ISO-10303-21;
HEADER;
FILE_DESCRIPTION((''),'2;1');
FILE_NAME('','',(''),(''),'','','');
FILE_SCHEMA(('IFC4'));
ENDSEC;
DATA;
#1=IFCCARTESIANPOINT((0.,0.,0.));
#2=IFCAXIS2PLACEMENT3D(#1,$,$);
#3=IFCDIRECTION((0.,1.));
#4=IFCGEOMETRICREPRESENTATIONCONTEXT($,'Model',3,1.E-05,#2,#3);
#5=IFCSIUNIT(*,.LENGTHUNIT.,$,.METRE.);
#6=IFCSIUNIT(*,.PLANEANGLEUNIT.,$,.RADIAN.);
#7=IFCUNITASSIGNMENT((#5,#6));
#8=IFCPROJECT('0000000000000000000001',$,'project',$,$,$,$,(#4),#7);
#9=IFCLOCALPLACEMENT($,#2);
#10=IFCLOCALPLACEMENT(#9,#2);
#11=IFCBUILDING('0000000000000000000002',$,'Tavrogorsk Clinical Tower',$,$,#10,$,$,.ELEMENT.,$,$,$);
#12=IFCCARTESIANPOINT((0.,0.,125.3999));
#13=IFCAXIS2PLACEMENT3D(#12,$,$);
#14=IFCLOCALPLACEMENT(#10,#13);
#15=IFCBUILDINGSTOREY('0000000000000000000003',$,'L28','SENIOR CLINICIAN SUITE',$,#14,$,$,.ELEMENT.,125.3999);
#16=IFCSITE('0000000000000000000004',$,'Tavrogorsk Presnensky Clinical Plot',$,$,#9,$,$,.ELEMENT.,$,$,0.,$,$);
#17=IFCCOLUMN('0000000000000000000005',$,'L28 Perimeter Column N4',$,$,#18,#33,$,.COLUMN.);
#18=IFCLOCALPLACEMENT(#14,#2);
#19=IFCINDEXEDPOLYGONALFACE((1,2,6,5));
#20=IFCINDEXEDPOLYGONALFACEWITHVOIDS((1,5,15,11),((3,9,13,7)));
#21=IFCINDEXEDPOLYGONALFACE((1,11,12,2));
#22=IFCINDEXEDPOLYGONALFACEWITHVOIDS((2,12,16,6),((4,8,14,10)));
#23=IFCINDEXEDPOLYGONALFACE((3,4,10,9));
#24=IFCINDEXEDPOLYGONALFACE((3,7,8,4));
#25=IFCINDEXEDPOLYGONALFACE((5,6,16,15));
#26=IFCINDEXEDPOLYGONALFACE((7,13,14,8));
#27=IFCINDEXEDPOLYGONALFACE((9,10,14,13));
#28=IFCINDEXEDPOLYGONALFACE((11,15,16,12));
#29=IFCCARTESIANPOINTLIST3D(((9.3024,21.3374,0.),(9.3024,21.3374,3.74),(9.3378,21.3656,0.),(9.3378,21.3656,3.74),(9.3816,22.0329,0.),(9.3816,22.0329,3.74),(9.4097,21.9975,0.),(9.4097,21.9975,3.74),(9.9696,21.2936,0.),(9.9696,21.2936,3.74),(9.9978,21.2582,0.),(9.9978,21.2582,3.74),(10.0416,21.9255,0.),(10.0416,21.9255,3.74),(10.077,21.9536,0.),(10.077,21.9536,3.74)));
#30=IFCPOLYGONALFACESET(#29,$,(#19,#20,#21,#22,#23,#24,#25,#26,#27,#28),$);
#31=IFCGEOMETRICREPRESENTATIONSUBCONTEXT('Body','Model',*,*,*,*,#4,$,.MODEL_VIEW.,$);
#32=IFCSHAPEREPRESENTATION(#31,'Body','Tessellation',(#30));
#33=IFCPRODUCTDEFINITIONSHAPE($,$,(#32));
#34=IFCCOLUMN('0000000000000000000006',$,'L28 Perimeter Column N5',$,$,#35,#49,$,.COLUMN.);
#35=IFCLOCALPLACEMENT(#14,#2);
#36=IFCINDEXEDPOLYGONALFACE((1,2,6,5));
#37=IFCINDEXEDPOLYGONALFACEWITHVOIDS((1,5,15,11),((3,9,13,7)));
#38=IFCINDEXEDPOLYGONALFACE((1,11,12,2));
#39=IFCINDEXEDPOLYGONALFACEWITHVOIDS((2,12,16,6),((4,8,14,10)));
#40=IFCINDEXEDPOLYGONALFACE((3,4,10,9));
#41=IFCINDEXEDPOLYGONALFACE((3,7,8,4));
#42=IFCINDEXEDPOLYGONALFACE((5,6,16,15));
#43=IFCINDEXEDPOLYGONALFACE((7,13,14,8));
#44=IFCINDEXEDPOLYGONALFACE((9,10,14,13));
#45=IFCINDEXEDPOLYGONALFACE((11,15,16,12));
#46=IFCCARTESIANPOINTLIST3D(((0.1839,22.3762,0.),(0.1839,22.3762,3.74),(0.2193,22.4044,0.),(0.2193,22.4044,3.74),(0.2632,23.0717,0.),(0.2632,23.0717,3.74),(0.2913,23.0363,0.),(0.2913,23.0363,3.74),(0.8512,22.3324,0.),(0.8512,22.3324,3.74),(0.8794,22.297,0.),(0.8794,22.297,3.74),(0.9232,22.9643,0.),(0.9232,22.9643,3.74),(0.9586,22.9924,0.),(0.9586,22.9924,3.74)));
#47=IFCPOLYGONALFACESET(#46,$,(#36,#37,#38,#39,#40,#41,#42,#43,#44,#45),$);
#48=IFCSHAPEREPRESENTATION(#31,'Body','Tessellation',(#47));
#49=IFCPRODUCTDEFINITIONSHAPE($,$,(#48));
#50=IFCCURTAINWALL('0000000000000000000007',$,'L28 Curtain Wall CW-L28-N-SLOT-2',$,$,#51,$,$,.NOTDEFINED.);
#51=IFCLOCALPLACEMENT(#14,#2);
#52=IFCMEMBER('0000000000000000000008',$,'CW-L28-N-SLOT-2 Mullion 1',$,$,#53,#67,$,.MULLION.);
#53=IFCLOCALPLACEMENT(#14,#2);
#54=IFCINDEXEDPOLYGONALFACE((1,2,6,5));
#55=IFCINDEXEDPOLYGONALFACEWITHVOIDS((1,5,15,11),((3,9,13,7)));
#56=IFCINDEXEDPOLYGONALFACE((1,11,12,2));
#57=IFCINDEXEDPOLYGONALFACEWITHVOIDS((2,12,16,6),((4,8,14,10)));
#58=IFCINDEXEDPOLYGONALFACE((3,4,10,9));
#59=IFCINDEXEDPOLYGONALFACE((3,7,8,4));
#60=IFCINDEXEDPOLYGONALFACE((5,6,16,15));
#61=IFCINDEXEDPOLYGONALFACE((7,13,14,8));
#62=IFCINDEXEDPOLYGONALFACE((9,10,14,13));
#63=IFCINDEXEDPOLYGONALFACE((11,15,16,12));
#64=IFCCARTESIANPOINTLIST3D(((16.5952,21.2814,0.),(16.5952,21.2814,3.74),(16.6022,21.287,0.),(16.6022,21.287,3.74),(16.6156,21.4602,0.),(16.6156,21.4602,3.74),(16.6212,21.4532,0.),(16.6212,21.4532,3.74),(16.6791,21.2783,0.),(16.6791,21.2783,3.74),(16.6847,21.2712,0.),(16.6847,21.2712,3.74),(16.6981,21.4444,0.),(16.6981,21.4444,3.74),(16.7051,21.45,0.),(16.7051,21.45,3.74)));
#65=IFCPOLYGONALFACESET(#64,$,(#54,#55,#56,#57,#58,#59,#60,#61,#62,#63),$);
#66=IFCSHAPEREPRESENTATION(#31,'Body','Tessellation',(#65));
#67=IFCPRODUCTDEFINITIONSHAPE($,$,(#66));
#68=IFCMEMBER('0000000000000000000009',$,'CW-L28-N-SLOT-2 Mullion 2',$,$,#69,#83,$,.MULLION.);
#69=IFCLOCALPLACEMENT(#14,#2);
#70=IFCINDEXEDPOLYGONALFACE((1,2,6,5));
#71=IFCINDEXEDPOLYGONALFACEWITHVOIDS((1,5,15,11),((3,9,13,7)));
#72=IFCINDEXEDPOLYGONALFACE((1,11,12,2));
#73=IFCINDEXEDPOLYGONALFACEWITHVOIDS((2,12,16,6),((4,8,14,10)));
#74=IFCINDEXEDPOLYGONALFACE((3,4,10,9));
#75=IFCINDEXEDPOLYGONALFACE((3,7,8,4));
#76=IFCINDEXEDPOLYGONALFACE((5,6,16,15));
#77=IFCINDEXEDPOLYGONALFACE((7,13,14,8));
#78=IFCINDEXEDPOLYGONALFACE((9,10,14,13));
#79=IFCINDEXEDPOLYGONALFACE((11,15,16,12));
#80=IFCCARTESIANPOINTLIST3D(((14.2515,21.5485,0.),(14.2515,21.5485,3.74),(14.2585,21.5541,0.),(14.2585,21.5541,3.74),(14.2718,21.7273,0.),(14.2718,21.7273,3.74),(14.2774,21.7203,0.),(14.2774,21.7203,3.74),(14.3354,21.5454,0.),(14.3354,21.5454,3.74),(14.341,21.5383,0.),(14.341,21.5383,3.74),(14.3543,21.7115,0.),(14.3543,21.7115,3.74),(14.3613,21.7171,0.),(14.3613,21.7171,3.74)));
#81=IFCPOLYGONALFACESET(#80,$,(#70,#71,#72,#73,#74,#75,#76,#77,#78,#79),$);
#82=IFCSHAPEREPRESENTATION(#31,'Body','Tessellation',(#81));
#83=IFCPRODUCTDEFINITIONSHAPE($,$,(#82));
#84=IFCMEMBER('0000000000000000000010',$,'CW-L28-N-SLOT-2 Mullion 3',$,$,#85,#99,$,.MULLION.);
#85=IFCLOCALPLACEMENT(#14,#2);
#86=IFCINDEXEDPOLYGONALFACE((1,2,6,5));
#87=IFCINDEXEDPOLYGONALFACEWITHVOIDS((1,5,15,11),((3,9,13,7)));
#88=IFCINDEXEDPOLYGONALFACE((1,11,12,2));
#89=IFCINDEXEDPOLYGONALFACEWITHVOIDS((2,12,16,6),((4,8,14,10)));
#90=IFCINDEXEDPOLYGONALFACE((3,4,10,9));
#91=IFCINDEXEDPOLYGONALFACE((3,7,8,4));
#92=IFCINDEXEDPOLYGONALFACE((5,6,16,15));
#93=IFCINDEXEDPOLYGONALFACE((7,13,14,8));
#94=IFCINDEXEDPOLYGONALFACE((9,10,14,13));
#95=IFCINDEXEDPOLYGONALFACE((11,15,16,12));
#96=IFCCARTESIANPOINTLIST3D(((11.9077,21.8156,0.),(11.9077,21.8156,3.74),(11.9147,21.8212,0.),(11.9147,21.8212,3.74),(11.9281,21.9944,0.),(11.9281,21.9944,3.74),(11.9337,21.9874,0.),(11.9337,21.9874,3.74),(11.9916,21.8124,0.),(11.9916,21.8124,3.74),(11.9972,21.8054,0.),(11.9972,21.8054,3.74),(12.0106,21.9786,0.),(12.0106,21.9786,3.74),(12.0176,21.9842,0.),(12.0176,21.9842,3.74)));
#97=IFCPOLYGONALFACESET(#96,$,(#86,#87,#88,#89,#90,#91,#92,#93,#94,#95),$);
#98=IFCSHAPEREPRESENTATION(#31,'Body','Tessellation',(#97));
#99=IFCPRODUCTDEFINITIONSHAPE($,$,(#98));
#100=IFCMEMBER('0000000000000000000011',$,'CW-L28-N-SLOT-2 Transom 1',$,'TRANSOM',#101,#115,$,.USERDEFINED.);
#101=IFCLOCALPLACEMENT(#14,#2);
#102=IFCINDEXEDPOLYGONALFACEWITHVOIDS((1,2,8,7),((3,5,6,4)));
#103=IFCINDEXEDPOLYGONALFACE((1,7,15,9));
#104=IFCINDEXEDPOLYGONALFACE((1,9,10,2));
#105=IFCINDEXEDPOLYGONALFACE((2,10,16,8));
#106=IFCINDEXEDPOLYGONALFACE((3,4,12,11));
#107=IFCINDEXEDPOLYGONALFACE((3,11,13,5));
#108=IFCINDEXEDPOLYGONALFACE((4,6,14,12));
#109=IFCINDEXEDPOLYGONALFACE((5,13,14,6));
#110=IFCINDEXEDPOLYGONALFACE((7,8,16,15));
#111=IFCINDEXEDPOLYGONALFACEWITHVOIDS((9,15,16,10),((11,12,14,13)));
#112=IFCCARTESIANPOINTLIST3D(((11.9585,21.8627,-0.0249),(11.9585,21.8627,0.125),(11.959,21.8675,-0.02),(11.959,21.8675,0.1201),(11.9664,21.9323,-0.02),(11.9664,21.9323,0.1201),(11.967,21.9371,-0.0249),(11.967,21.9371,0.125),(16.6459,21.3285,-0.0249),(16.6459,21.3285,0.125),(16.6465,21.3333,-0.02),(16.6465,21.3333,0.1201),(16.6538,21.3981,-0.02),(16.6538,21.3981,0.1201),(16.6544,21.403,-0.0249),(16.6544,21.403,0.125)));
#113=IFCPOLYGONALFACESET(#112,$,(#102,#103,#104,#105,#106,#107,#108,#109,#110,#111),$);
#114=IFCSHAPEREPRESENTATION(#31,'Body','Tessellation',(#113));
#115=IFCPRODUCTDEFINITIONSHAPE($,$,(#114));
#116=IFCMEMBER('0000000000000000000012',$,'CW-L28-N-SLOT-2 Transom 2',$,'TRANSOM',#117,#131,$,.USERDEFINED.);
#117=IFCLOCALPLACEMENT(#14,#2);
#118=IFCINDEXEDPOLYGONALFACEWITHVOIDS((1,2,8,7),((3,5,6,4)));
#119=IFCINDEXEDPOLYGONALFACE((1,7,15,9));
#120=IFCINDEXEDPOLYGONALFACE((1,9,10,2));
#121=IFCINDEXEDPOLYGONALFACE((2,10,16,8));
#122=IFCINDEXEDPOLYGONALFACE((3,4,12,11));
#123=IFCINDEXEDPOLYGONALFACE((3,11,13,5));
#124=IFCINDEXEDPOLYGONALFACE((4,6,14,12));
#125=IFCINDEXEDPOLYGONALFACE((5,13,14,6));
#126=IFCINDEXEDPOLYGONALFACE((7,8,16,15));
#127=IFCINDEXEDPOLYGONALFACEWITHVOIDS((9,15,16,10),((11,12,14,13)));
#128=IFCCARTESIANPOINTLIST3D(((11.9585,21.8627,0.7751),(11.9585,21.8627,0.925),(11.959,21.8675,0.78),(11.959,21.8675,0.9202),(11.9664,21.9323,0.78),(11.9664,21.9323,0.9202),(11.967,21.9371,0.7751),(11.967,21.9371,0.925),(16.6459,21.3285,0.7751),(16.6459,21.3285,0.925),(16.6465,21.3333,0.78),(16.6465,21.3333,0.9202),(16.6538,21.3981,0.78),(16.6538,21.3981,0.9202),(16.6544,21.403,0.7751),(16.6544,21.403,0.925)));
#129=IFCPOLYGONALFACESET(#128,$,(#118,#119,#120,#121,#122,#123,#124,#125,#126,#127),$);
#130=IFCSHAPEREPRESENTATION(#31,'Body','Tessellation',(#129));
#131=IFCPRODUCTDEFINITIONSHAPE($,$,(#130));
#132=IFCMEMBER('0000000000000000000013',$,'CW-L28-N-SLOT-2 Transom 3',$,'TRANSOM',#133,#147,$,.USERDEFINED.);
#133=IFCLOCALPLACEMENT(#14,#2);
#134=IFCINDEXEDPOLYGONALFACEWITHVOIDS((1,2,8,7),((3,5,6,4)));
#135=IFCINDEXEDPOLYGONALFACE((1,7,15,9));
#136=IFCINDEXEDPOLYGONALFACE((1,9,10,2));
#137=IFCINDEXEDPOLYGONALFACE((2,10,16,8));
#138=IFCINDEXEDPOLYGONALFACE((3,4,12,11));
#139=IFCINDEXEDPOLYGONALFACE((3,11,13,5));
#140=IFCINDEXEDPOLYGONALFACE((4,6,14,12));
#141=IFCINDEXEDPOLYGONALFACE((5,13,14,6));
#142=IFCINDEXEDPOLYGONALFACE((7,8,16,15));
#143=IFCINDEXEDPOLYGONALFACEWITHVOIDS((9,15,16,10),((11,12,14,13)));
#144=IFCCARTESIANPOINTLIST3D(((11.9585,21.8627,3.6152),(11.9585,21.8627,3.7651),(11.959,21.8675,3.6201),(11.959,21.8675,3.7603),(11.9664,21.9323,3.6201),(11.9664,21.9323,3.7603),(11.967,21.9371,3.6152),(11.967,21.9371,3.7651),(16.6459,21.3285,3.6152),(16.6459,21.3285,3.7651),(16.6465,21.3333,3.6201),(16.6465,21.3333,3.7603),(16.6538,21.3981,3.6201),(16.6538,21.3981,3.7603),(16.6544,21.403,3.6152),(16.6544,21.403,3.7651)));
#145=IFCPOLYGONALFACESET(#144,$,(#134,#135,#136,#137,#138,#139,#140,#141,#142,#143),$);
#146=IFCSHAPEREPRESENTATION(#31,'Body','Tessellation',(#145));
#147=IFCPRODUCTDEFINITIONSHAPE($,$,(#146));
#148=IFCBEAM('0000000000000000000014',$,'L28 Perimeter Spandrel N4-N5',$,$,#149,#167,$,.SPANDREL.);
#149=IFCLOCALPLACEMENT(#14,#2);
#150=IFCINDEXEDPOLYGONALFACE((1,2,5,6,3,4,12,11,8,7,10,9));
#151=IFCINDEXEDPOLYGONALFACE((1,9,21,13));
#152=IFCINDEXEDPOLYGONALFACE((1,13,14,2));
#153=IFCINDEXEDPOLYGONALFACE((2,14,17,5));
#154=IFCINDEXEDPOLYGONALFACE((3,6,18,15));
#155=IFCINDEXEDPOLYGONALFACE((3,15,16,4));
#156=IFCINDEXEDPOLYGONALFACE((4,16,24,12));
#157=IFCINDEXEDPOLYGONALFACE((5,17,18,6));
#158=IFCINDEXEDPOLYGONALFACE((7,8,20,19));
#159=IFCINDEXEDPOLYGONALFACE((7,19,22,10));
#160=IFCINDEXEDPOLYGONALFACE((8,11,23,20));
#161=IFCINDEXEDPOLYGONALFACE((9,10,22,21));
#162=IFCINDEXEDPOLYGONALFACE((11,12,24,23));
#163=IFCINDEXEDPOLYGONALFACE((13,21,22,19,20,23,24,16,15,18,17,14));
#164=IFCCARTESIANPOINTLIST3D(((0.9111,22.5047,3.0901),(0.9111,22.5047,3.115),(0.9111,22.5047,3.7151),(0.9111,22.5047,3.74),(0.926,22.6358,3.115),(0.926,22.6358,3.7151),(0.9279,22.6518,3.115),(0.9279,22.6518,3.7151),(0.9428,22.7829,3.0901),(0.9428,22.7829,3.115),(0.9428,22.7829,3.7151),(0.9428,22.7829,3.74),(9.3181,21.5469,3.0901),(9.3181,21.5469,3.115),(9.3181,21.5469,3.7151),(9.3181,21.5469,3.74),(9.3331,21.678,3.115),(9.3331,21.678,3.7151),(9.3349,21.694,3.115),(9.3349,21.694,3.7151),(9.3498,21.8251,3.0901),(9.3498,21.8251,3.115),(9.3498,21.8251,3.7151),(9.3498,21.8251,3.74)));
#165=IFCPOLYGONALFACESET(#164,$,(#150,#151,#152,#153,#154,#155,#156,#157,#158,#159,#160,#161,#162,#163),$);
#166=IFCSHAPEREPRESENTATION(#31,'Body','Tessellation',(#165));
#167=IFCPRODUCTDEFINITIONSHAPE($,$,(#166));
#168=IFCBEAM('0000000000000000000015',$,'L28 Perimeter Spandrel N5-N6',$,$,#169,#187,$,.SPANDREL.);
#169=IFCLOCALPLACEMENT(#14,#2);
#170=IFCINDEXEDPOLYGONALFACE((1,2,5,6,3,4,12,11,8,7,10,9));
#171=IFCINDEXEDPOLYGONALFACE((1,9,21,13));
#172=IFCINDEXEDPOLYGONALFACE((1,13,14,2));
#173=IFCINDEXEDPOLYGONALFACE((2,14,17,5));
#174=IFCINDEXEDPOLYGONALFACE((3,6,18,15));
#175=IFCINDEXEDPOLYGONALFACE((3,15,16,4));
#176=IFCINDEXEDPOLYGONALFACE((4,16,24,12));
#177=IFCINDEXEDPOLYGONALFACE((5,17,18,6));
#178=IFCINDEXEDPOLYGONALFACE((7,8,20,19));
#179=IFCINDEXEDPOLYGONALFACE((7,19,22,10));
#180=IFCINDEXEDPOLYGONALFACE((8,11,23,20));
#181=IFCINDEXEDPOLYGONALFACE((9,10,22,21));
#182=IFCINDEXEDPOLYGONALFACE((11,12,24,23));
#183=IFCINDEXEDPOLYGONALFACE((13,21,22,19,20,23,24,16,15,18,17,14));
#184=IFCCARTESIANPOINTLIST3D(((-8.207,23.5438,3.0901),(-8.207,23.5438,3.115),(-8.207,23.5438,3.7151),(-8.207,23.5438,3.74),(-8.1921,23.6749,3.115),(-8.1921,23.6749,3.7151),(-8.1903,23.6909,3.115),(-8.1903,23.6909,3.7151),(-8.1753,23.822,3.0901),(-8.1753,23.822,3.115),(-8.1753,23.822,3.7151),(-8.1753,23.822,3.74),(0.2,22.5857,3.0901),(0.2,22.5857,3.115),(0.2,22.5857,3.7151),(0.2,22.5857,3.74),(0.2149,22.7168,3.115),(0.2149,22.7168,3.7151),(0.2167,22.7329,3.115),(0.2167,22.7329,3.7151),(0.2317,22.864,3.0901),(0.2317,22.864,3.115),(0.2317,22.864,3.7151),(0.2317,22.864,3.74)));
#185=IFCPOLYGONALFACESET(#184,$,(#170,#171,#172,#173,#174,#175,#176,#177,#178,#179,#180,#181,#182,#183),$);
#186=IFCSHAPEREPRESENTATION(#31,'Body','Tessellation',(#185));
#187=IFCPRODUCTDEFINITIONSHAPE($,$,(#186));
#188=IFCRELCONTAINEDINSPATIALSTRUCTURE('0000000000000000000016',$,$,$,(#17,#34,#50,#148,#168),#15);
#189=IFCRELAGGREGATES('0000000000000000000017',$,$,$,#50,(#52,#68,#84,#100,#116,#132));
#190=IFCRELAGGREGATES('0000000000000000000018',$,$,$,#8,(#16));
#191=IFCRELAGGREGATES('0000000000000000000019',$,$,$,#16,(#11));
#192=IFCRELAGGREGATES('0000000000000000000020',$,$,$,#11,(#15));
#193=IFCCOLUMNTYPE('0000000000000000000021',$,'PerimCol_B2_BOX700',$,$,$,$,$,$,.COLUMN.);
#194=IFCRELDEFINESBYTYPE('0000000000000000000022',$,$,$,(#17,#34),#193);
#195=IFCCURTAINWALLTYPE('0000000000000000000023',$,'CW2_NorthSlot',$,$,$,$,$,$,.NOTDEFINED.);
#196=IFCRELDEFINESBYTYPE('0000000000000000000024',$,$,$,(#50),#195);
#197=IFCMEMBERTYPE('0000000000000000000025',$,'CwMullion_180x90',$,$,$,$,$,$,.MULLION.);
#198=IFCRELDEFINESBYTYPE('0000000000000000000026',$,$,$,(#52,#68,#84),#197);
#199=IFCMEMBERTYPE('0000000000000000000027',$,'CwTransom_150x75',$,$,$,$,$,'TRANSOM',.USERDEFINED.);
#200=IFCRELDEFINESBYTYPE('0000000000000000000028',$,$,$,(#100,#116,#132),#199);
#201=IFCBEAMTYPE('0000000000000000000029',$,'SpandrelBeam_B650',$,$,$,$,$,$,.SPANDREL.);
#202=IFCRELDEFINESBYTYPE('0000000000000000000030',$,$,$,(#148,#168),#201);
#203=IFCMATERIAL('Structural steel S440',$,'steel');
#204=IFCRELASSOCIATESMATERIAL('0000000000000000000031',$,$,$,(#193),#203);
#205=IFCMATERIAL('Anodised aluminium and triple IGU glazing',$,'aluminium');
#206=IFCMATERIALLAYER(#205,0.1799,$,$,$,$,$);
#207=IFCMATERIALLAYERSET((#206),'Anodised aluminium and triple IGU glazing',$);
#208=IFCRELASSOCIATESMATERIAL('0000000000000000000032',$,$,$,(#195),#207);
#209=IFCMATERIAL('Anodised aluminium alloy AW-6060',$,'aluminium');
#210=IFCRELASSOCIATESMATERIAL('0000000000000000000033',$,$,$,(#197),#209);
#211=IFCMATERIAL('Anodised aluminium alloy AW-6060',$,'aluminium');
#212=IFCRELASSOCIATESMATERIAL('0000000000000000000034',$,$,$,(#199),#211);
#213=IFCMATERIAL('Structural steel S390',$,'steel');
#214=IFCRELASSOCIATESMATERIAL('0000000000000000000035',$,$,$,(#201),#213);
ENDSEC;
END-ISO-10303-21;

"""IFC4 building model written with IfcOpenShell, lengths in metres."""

from ifc_helpers import new_model, si_unit, direction, frame, origin, origin_2d, place, context, subcontext, project, spatial, hollow_rectangle, i_section, extrude, material, layer, layer_set, material_profile, profile_set, type_object, element, aggregate, save


model = new_model("IFC4")

# Units and contexts
model_context = context("Model", 3, precision=1e-05, world=origin(), true_north=direction((0.0, 1.0)))
body_context = subcontext(model_context, "Body", "Model", "MODEL_VIEW")
ifc_project = project(units=[si_unit("LENGTHUNIT", "METRE"), si_unit("PLANEANGLEUNIT", "RADIAN")], contexts=[model_context])

# Site, building, storey
site_placement = place(None, origin())
site = spatial("IfcSite", under=ifc_project, at=site_placement, Name="Tavrogorsk Presnensky Clinical Plot", CompositionType="ELEMENT", RefElevation=0.0)
building_placement = place(site_placement, origin())
building = spatial("IfcBuilding", under=site, at=building_placement, Name="Tavrogorsk Clinical Tower", CompositionType="ELEMENT")
storey_placement = place(building_placement, frame((0.0, 0.0, 125.3999)))
storey = spatial("IfcBuildingStorey", under=building, at=storey_placement, Name="L28", Description="SENIOR CLINICIAN SUITE", CompositionType="ELEMENT", Elevation=125.3999)

# Columns
ifc_material_1 = material(Name="Structural steel S440", Category="steel")
ifc_material_profile_1 = material_profile(ifc_material_1, hollow_rectangle(XDim=0.7, YDim=0.7, WallThickness=0.032, at=origin_2d()), Name="BOX-700x700x32")
ifc_profile_set_1 = profile_set([ifc_material_profile_1], Name="Structural steel S440")
column_type = type_object("IfcColumnType", Name="PerimCol_B2_BOX700", PredefinedType="COLUMN", material=ifc_profile_set_1)
for number, where, z_axis, x_axis, name in (
    (1, (9.6897, 21.6455, 0.0), (0.0, 0.0, 1.0), (0.993572, -0.113203, 0.0), "L28 Perimeter Column N4"),
    (2, (0.5713, 22.6843, 0.0), (0.0, 0.0, 1.0), (0.993572, -0.113203, 0.0), "L28 Perimeter Column N5"),
):
    element("IfcColumn", number, at=place(storey_placement, frame(where, z_axis=z_axis, x_axis=x_axis)), inside=storey, type_object=column_type, Name=name, PredefinedType="COLUMN", context=body_context, shape_type="SweptSolid", body=[
        extrude(hollow_rectangle(XDim=0.7, YDim=0.7, WallThickness=0.032, at=origin_2d()), origin(), (0.0, 0.0, 1.0), 3.74),
    ])

# Curtain wall, members
ifc_material_2 = material(Name="Anodised aluminium and triple IGU glazing", Category="aluminium")
ifc_layer_1 = layer(ifc_material_2, 0.1799)
ifc_layer_set_1 = layer_set([ifc_layer_1], Name="Anodised aluminium and triple IGU glazing")
curtain_wall_type = type_object("IfcCurtainWallType", Name="CW2_NorthSlot", PredefinedType="NOTDEFINED", material=ifc_layer_set_1)
curtain_wall_placement = place(storey_placement, origin())
curtain_wall = element("IfcCurtainWall", 3, at=curtain_wall_placement, inside=storey, type_object=curtain_wall_type, Name="L28 Curtain Wall CW-L28-N-SLOT-2", PredefinedType="NOTDEFINED")
ifc_material_3 = material(Name="Anodised aluminium alloy AW-6060", Category="aluminium")
ifc_material_profile_2 = material_profile(ifc_material_3, hollow_rectangle(XDim=0.0901, YDim=0.1799, WallThickness=0.0063, at=origin_2d()), Name="RHS-180x90x6.3")
ifc_profile_set_2 = profile_set([ifc_material_profile_2], Name="Anodised aluminium alloy AW-6060")
member_type_1 = type_object("IfcMemberType", Name="CwMullion_180x90", PredefinedType="MULLION", material=ifc_profile_set_2)
member_1_placement = place(storey_placement, frame((16.6501, 21.3657, 0.0), z_axis=(0.0, 0.0, 1.0), x_axis=(-0.993572, 0.113203, 0.0)))
member_1 = element("IfcMember", 4, at=member_1_placement, type_object=member_type_1, Name="CW-L28-N-SLOT-2 Mullion 1", PredefinedType="MULLION", context=body_context, shape_type="SweptSolid", body=[
    extrude(hollow_rectangle(XDim=0.0901, YDim=0.1799, WallThickness=0.0063, at=origin_2d()), origin(), (0.0, 0.0, 1.0), 3.74),
])
member_2_placement = place(storey_placement, frame((14.3064, 21.6328, 0.0), z_axis=(0.0, 0.0, 1.0), x_axis=(-0.993572, 0.113203, 0.0)))
member_2 = element("IfcMember", 5, at=member_2_placement, type_object=member_type_1, Name="CW-L28-N-SLOT-2 Mullion 2", PredefinedType="MULLION", context=body_context, shape_type="SweptSolid", body=[
    extrude(hollow_rectangle(XDim=0.0901, YDim=0.1799, WallThickness=0.0063, at=origin_2d()), origin(), (0.0, 0.0, 1.0), 3.74),
])
member_3_placement = place(storey_placement, frame((11.9626, 21.8999, 0.0), z_axis=(0.0, 0.0, 1.0), x_axis=(-0.993572, 0.113203, 0.0)))
member_3 = element("IfcMember", 6, at=member_3_placement, type_object=member_type_1, Name="CW-L28-N-SLOT-2 Mullion 3", PredefinedType="MULLION", context=body_context, shape_type="SweptSolid", body=[
    extrude(hollow_rectangle(XDim=0.0901, YDim=0.1799, WallThickness=0.0063, at=origin_2d()), origin(), (0.0, 0.0, 1.0), 3.74),
])
ifc_material_4 = material(Name="Anodised aluminium alloy AW-6060", Category="aluminium")
ifc_material_profile_3 = material_profile(ifc_material_4, hollow_rectangle(XDim=0.075, YDim=0.1499, WallThickness=0.0049, at=origin_2d()), Name="RHS-150x75x5")
ifc_profile_set_3 = profile_set([ifc_material_profile_3], Name="Anodised aluminium alloy AW-6060")
member_type_2 = type_object("IfcMemberType", Name="CwTransom_150x75", ElementType="TRANSOM", PredefinedType="USERDEFINED", material=ifc_profile_set_3)
member_4_placement = place(storey_placement, frame((16.6501, 21.3657, 0.05), z_axis=(-0.993569, 0.113226, 0.0), x_axis=(-0.113226, -0.993569, 0.0)))
member_4 = element("IfcMember", 7, at=member_4_placement, type_object=member_type_2, Name="CW-L28-N-SLOT-2 Transom 1", ObjectType="TRANSOM", PredefinedType="USERDEFINED", context=body_context, shape_type="SweptSolid", body=[
    extrude(hollow_rectangle(XDim=0.075, YDim=0.1499, WallThickness=0.0049, at=origin_2d()), origin(), (0.0, 0.0, 1.0), 4.7178),
])
member_5_placement = place(storey_placement, frame((16.6501, 21.3657, 0.8501), z_axis=(-0.993569, 0.113226, 0.0), x_axis=(-0.113226, -0.993569, 0.0)))
member_5 = element("IfcMember", 8, at=member_5_placement, type_object=member_type_2, Name="CW-L28-N-SLOT-2 Transom 2", ObjectType="TRANSOM", PredefinedType="USERDEFINED", context=body_context, shape_type="SweptSolid", body=[
    extrude(hollow_rectangle(XDim=0.075, YDim=0.1499, WallThickness=0.0049, at=origin_2d()), origin(), (0.0, 0.0, 1.0), 4.7178),
])
member_6_placement = place(storey_placement, frame((16.6501, 21.3657, 3.6902), z_axis=(-0.993569, 0.113226, 0.0), x_axis=(-0.113226, -0.993569, 0.0)))
member_6 = element("IfcMember", 9, at=member_6_placement, type_object=member_type_2, Name="CW-L28-N-SLOT-2 Transom 3", ObjectType="TRANSOM", PredefinedType="USERDEFINED", context=body_context, shape_type="SweptSolid", body=[
    extrude(hollow_rectangle(XDim=0.075, YDim=0.1499, WallThickness=0.0049, at=origin_2d()), origin(), (0.0, 0.0, 1.0), 4.7178),
])

# Beams
ifc_material_5 = material(Name="Structural steel S390", Category="steel")
ifc_material_profile_4 = material_profile(ifc_material_5, i_section(OverallWidth=0.28, OverallDepth=0.6499, WebThickness=0.0161, FlangeThickness=0.0249, at=origin_2d()), Name="B-650x280x16x25")
ifc_profile_set_4 = profile_set([ifc_material_profile_4], Name="Structural steel S390")
beam_type = type_object("IfcBeamType", Name="SpandrelBeam_B650", PredefinedType="SPANDREL", material=ifc_profile_set_4)
for number, where, z_axis, x_axis, name in (
    (10, (9.334, 21.686, 3.415), (-0.993573, 0.113193, 0.0), (-0.113193, -0.993573, 0.0), "L28 Perimeter Spandrel N4-N5"),
    (11, (0.2158, 22.7249, 3.415), (-0.99357, 0.113221, 0.0), (-0.113221, -0.99357, 0.0), "L28 Perimeter Spandrel N5-N6"),
):
    element("IfcBeam", number, at=place(storey_placement, frame(where, z_axis=z_axis, x_axis=x_axis)), inside=storey, type_object=beam_type, Name=name, PredefinedType="SPANDREL", context=body_context, shape_type="SweptSolid", body=[
        extrude(i_section(OverallWidth=0.28, OverallDepth=0.6499, WebThickness=0.0161, FlangeThickness=0.0249, at=origin_2d()), origin(), (0.0, 0.0, 1.0), 8.4614),
    ])

aggregate(curtain_wall, [member_1, member_2, member_3, member_4, member_5, member_6])

save(model, "model.ifc")
